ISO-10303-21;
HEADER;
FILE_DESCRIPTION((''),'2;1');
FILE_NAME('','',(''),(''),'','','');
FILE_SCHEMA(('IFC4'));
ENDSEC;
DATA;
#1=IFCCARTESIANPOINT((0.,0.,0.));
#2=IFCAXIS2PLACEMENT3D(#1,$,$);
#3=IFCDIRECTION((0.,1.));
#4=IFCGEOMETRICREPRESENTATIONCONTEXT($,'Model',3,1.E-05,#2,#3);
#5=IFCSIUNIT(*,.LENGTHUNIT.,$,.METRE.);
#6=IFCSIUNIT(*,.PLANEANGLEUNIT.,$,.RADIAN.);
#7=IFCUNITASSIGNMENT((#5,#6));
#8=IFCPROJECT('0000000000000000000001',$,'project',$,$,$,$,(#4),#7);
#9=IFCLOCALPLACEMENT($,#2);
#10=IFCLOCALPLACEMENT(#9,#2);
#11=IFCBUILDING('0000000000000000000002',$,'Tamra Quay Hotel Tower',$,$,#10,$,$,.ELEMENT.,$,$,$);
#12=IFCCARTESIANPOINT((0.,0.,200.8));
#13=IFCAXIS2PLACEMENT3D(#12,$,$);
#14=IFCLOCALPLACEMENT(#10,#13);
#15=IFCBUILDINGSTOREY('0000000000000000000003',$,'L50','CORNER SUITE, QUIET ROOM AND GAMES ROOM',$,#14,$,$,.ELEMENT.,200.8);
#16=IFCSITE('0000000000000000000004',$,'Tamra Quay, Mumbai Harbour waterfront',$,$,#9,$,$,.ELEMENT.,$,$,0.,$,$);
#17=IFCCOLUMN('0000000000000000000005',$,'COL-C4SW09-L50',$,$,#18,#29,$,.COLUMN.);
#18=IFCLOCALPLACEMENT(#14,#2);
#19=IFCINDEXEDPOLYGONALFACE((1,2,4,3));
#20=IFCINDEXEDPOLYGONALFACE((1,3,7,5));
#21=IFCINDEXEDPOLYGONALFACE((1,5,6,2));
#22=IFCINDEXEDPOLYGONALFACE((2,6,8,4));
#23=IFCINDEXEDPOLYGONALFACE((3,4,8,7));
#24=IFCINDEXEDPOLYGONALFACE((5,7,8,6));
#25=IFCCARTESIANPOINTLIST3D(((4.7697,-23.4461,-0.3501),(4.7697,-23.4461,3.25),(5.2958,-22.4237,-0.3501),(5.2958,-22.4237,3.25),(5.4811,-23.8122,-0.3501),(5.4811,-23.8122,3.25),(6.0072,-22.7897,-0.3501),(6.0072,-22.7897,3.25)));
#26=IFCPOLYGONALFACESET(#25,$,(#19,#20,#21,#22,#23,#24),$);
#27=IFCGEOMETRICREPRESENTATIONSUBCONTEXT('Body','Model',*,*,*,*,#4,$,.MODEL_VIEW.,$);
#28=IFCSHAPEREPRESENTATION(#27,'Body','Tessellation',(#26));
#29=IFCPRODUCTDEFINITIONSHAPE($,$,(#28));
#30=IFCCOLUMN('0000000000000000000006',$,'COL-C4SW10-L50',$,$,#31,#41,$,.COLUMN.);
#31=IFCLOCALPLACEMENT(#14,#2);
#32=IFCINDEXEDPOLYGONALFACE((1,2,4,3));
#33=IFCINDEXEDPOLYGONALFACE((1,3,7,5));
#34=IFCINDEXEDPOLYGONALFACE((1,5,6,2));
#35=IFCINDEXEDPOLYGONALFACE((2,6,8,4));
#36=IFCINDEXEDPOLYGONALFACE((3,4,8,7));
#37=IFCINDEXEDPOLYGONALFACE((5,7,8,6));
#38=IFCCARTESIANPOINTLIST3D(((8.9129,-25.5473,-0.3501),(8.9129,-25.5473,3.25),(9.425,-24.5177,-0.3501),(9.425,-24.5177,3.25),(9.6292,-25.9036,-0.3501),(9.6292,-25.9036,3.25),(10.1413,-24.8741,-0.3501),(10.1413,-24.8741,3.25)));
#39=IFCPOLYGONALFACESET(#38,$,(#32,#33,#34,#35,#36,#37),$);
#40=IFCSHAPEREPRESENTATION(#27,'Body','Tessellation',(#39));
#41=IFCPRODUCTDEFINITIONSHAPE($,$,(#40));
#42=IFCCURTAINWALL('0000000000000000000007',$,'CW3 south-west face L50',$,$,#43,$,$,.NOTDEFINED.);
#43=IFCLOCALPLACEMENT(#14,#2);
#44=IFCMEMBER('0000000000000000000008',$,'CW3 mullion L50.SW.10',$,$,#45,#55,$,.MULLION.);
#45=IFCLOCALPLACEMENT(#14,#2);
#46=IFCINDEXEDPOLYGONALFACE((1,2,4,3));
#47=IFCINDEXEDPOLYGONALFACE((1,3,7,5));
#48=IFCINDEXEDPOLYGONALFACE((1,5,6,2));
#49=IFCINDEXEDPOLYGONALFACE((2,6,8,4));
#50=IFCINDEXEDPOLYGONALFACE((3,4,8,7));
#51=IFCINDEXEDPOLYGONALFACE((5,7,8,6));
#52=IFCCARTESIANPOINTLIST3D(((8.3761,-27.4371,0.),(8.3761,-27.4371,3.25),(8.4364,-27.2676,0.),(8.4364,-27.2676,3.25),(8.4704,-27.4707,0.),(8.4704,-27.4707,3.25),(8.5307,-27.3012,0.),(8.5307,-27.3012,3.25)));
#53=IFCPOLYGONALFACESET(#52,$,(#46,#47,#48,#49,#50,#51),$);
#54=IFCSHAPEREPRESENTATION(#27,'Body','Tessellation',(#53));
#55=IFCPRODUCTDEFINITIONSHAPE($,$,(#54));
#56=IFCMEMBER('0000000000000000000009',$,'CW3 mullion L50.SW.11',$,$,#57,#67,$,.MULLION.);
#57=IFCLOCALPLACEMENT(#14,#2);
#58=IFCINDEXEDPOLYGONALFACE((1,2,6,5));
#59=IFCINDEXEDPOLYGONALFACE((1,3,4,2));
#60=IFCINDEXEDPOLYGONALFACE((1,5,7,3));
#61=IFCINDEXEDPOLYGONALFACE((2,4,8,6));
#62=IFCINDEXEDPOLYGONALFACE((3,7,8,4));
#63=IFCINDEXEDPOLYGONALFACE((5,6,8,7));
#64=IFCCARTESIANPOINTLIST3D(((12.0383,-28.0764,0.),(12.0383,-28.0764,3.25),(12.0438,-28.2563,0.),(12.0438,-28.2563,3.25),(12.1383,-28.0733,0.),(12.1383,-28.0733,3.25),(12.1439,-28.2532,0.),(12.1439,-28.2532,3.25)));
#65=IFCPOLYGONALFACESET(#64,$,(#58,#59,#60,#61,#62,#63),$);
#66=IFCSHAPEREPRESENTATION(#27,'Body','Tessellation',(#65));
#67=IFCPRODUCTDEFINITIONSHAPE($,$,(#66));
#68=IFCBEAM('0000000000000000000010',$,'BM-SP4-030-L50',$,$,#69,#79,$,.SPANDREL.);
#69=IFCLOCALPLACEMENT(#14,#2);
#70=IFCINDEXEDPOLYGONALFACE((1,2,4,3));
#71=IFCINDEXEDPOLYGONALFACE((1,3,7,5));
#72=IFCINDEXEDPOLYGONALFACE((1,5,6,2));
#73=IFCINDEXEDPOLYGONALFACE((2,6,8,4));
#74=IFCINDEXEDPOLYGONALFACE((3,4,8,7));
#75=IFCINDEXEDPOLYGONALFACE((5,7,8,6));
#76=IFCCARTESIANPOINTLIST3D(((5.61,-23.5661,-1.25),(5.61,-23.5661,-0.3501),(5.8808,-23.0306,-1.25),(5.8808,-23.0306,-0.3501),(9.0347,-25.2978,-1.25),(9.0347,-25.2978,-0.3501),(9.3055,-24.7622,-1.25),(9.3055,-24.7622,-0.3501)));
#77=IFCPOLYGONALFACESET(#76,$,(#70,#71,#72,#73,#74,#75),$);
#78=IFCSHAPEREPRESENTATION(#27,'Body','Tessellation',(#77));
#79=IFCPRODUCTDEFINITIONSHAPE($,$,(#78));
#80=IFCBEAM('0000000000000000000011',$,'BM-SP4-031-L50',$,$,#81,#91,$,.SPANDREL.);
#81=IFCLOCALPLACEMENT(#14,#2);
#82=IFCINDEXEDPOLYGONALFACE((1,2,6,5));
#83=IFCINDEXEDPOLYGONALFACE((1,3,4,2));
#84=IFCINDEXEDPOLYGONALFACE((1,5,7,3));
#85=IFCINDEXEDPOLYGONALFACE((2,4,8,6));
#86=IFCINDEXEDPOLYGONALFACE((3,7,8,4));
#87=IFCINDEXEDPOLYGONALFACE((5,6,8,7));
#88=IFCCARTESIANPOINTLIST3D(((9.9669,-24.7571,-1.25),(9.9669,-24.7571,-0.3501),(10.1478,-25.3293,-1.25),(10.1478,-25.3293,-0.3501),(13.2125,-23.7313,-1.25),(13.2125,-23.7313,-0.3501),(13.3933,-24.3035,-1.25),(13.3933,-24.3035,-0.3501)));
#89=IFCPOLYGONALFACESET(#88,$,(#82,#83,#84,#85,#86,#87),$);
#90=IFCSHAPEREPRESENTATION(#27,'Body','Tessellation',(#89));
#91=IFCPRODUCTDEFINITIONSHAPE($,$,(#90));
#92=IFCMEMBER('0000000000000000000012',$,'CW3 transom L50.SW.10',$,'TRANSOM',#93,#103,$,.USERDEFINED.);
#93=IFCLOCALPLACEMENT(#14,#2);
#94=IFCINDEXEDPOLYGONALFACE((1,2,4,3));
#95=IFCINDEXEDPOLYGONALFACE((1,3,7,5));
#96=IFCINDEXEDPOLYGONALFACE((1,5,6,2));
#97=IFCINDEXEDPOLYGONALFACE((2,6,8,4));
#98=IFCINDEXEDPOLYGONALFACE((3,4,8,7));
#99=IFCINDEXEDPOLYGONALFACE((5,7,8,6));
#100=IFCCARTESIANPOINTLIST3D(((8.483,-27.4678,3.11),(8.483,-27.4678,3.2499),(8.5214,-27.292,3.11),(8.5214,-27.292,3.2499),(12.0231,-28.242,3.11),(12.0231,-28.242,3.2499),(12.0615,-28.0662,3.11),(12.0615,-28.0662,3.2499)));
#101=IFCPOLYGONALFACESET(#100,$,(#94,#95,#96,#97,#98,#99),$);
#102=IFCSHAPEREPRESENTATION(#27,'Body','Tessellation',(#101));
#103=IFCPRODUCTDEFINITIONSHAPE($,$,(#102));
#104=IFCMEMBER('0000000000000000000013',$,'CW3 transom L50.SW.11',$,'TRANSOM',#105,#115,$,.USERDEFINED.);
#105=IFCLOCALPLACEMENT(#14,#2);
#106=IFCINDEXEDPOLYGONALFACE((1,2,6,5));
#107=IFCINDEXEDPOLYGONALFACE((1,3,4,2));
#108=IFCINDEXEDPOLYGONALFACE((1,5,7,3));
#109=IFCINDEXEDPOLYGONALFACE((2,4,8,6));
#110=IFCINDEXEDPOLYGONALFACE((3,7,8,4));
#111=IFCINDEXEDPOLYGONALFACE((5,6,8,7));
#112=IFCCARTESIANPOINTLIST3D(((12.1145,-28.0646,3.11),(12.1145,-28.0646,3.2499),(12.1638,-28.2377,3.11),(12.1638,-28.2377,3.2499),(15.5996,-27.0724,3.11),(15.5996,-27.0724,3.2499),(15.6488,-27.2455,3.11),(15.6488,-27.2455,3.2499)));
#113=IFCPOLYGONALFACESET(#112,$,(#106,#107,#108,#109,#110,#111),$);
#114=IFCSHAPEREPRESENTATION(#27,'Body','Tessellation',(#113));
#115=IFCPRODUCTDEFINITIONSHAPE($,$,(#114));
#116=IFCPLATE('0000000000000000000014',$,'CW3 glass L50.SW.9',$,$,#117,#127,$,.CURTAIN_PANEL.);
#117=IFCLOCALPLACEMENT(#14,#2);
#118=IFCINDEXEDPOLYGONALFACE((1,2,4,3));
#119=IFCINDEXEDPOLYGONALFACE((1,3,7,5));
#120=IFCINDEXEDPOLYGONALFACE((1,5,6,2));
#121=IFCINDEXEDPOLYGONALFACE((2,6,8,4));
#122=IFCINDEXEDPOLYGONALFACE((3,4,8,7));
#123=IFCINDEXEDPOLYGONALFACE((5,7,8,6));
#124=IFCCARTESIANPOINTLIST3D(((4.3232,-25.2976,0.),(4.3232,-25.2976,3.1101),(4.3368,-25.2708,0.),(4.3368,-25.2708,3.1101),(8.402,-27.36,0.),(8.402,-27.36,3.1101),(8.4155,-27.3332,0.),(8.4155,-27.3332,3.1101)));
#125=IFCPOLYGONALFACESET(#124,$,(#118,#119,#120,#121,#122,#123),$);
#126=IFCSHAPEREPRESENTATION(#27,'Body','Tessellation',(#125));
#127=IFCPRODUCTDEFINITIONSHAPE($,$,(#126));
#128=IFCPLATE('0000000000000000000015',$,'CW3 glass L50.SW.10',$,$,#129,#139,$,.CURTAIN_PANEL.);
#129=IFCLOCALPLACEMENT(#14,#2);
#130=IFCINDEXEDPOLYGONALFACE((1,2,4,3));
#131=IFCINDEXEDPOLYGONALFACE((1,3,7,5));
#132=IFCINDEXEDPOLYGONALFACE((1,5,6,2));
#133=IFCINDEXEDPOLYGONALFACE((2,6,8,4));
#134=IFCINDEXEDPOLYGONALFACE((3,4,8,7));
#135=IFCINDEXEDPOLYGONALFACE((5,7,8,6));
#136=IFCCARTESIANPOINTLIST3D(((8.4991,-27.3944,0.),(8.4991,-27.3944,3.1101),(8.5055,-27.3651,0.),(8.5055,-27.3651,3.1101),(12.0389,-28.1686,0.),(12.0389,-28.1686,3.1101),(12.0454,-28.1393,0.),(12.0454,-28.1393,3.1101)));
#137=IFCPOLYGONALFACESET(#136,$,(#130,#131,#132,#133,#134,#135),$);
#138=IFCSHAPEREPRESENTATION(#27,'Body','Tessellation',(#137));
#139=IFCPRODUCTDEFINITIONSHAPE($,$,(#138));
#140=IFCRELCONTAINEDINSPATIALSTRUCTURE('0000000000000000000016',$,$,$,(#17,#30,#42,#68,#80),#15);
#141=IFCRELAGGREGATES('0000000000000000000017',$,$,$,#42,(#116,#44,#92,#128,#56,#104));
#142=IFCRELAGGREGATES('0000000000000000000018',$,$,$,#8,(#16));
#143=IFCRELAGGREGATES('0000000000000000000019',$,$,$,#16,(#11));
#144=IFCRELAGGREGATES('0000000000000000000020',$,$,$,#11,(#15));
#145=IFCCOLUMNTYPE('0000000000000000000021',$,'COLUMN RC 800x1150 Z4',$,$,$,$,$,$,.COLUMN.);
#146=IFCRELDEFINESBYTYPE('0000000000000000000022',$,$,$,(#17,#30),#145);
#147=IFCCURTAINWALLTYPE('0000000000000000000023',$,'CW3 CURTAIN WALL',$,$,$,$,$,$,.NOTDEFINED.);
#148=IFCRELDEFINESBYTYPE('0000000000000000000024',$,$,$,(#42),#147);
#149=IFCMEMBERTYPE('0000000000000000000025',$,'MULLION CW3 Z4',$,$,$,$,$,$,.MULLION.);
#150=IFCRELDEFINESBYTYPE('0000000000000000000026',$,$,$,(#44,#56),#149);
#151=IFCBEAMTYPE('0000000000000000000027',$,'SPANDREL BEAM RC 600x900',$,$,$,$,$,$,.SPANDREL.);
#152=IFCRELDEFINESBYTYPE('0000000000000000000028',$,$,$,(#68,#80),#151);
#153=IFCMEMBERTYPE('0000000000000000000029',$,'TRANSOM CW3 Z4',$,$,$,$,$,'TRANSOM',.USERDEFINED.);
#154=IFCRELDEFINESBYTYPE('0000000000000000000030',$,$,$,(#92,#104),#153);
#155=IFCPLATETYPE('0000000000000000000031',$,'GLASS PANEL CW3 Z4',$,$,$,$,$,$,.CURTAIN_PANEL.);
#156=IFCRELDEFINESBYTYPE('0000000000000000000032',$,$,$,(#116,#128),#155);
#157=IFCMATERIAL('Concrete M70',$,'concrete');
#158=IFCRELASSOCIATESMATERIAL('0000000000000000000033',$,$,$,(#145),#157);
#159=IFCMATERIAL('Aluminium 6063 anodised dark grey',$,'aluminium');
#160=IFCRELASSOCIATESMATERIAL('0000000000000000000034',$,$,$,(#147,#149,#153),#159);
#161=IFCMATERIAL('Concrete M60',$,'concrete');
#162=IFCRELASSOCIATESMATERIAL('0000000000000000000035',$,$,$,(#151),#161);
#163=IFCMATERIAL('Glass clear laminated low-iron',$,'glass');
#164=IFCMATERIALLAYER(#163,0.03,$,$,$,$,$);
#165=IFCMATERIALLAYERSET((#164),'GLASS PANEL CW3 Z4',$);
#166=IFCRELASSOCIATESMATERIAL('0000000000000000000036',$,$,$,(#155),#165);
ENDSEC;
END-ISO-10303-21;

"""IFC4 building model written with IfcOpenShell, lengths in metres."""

from ifc_helpers import new_model, si_unit, direction, frame, origin, origin_2d, place, context, subcontext, project, spatial, rectangle, extrude, material, layer, layer_set, material_profile, profile_set, type_object, element, aggregate, save


model = new_model("IFC4")

# Units and contexts
model_context = context("Model", 3, precision=1e-05, world=origin(), true_north=direction((0.0, 1.0)))
body_context = subcontext(model_context, "Body", "Model", "MODEL_VIEW")
ifc_project = project(units=[si_unit("LENGTHUNIT", "METRE"), si_unit("PLANEANGLEUNIT", "RADIAN")], contexts=[model_context])

# Site, building, storey
site_placement = place(None, origin())
site = spatial("IfcSite", under=ifc_project, at=site_placement, Name="Tamra Quay, Mumbai Harbour waterfront", CompositionType="ELEMENT", RefElevation=0.0)
building_placement = place(site_placement, origin())
building = spatial("IfcBuilding", under=site, at=building_placement, Name="Tamra Quay Hotel Tower", CompositionType="ELEMENT")
storey_placement = place(building_placement, frame((0.0, 0.0, 200.8)))
storey = spatial("IfcBuildingStorey", under=building, at=storey_placement, Name="L50", Description="CORNER SUITE, QUIET ROOM AND GAMES ROOM", CompositionType="ELEMENT", Elevation=200.8)

# Columns
ifc_material_1 = material(Name="Concrete M70", Category="concrete")
ifc_material_profile_1 = material_profile(ifc_material_1, rectangle(XDim=1.1499, YDim=0.8, at=origin_2d()), Name="COLUMN RC 800x1150 Z4")
ifc_profile_set_1 = profile_set([ifc_material_profile_1], Name="Concrete M70")
column_type = type_object("IfcColumnType", Name="COLUMN RC 800x1150 Z4", PredefinedType="COLUMN", material=ifc_profile_set_1)
for number, where, z_axis, x_axis, name in (
    (1, (5.3884, -23.1179, -0.3501), (0.0, 0.0, 1.0), (0.457548, 0.889185, 0.0), "COL-C4SW09-L50"),
    (2, (9.5271, -25.2107, -0.3501), (0.0, 0.0, 1.0), (0.445415, 0.895324, 0.0), "COL-C4SW10-L50"),
):
    element("IfcColumn", number, at=place(storey_placement, frame(where, z_axis=z_axis, x_axis=x_axis)), inside=storey, type_object=column_type, Name=name, PredefinedType="COLUMN", context=body_context, shape_type="SweptSolid", body=[
        extrude(rectangle(XDim=1.1499, YDim=0.8, at=origin_2d()), origin(), (0.0, 0.0, 1.0), 3.6001),
    ])

# Curtain wall, members
ifc_material_2 = material(Name="Aluminium 6063 anodised dark grey", Category="aluminium")
curtain_wall_type = type_object("IfcCurtainWallType", Name="CW3 CURTAIN WALL", PredefinedType="NOTDEFINED", material=ifc_material_2)
curtain_wall_placement = place(storey_placement, origin())
curtain_wall = element("IfcCurtainWall", 3, at=curtain_wall_placement, inside=storey, type_object=curtain_wall_type, Name="CW3 south-west face L50", PredefinedType="NOTDEFINED")
ifc_material_profile_2 = material_profile(ifc_material_2, rectangle(XDim=0.1799, YDim=0.1001, at=origin_2d()), Name="MULLION 100X180")
ifc_profile_set_2 = profile_set([ifc_material_profile_2], Name="Aluminium 6063 anodised dark grey")
member_type_1 = type_object("IfcMemberType", Name="MULLION CW3 Z4", PredefinedType="MULLION", material=ifc_profile_set_2)
member_1_placement = place(storey_placement, frame((8.4534, -27.3691, 0.0), z_axis=(0.0, 0.0, 1.0), x_axis=(-0.335128, -0.942172, 0.0)))
member_1 = element("IfcMember", 4, at=member_1_placement, type_object=member_type_1, Name="CW3 mullion L50.SW.10", PredefinedType="MULLION", context=body_context, shape_type="SweptSolid", body=[
    extrude(rectangle(XDim=0.1799, YDim=0.1001, at=origin_2d()), origin(), (0.0, 0.0, 1.0), 3.25),
])
member_2_placement = place(storey_placement, frame((12.0911, -28.1648, 0.0), z_axis=(0.0, 0.0, 1.0), x_axis=(0.030975, -0.99952, 0.0)))
member_2 = element("IfcMember", 5, at=member_2_placement, type_object=member_type_1, Name="CW3 mullion L50.SW.11", PredefinedType="MULLION", context=body_context, shape_type="SweptSolid", body=[
    extrude(rectangle(XDim=0.1799, YDim=0.1001, at=origin_2d()), origin(), (0.0, 0.0, 1.0), 3.25),
])

# Beams
ifc_material_3 = material(Name="Concrete M60", Category="concrete")
ifc_material_profile_3 = material_profile(ifc_material_3, rectangle(XDim=0.6001, YDim=0.8999, at=origin_2d()), Name="SPANDREL BEAM RC 600x900")
ifc_profile_set_3 = profile_set([ifc_material_profile_3], Name="Concrete M60")
beam_type = type_object("IfcBeamType", Name="SPANDREL BEAM RC 600x900", PredefinedType="SPANDREL", material=ifc_profile_set_3)
beam_1_placement = place(storey_placement, frame((5.7454, -23.2983, -0.8), z_axis=(0.892408, -0.45123, 0.0), x_axis=(0.45123, 0.892408, 0.0)))
element("IfcBeam", 6, at=beam_1_placement, inside=storey, type_object=beam_type, Name="BM-SP4-030-L50", PredefinedType="SPANDREL", context=body_context, shape_type="SweptSolid", body=[
    extrude(rectangle(XDim=0.6001, YDim=0.8999, at=origin_2d()), origin(), (0.0, 0.0, 1.0), 3.8376),
])
beam_2_placement = place(storey_placement, frame((10.0574, -25.0432, -0.8), z_axis=(0.953502, 0.301385, 0.0), x_axis=(-0.301385, 0.953502, 0.0)))
element("IfcBeam", 7, at=beam_2_placement, inside=storey, type_object=beam_type, Name="BM-SP4-031-L50", PredefinedType="SPANDREL", context=body_context, shape_type="SweptSolid", body=[
    extrude(rectangle(XDim=0.6001, YDim=0.8999, at=origin_2d()), origin(), (0.0, 0.0, 1.0), 3.4038),
])

# Members
ifc_material_profile_4 = material_profile(ifc_material_2, rectangle(XDim=0.1799, YDim=0.1399, at=origin_2d()), Name="TRANSOM 180X140")
ifc_profile_set_4 = profile_set([ifc_material_profile_4], Name="Aluminium 6063 anodised dark grey")
member_type_2 = type_object("IfcMemberType", Name="TRANSOM CW3 Z4", ElementType="TRANSOM", PredefinedType="USERDEFINED", material=ifc_profile_set_4)
member_3_placement = place(storey_placement, frame((8.5022, -27.3799, 3.1799), z_axis=(0.976912, -0.213641, 0.0), x_axis=(0.213641, 0.976912, 0.0)))
member_3 = element("IfcMember", 8, at=member_3_placement, type_object=member_type_2, Name="CW3 transom L50.SW.10", ObjectType="TRANSOM", PredefinedType="USERDEFINED", context=body_context, shape_type="SweptSolid", body=[
    extrude(rectangle(XDim=0.1799, YDim=0.1399, at=origin_2d()), origin(), (0.0, 0.0, 1.0), 3.6238),
])
member_4_placement = place(storey_placement, frame((12.1392, -28.1511, 3.1799), z_axis=(0.961783, 0.273813, 0.0), x_axis=(-0.273813, 0.961783, 0.0)))
member_4 = element("IfcMember", 9, at=member_4_placement, type_object=member_type_2, Name="CW3 transom L50.SW.11", ObjectType="TRANSOM", PredefinedType="USERDEFINED", context=body_context, shape_type="SweptSolid", body=[
    extrude(rectangle(XDim=0.1799, YDim=0.1399, at=origin_2d()), origin(), (0.0, 0.0, 1.0), 3.6235),
])

# Plates
ifc_material_4 = material(Name="Glass clear laminated low-iron", Category="glass")
ifc_layer_1 = layer(ifc_material_4, 0.03)
ifc_layer_set_1 = layer_set([ifc_layer_1], Name="GLASS PANEL CW3 Z4")
plate_type = type_object("IfcPlateType", Name="GLASS PANEL CW3 Z4", PredefinedType="CURTAIN_PANEL", material=ifc_layer_set_1)
plate_1_placement = place(storey_placement, frame((6.3694, -26.3154, 0.0), z_axis=(0.0, 0.0, 1.0), x_axis=(0.892403, -0.45124, 0.0)))
plate_1 = element("IfcPlate", 10, at=plate_1_placement, type_object=plate_type, Name="CW3 glass L50.SW.9", PredefinedType="CURTAIN_PANEL", context=body_context, shape_type="SweptSolid", body=[
    extrude(rectangle(XDim=4.5706, YDim=0.03, at=origin_2d()), origin(), (0.0, 0.0, 1.0), 3.1101),
])
plate_2_placement = place(storey_placement, frame((10.2722, -27.7668, 0.0), z_axis=(0.0, 0.0, 1.0), x_axis=(0.976906, -0.213669, 0.0)))
plate_2 = element("IfcPlate", 11, at=plate_2_placement, type_object=plate_type, Name="CW3 glass L50.SW.10", PredefinedType="CURTAIN_PANEL", context=body_context, shape_type="SweptSolid", body=[
    extrude(rectangle(XDim=3.6235, YDim=0.03, at=origin_2d()), origin(), (0.0, 0.0, 1.0), 3.1101),
])
aggregate(curtain_wall, [plate_1, member_1, member_3, plate_2, member_2, member_4])

save(model, "model.ifc")
